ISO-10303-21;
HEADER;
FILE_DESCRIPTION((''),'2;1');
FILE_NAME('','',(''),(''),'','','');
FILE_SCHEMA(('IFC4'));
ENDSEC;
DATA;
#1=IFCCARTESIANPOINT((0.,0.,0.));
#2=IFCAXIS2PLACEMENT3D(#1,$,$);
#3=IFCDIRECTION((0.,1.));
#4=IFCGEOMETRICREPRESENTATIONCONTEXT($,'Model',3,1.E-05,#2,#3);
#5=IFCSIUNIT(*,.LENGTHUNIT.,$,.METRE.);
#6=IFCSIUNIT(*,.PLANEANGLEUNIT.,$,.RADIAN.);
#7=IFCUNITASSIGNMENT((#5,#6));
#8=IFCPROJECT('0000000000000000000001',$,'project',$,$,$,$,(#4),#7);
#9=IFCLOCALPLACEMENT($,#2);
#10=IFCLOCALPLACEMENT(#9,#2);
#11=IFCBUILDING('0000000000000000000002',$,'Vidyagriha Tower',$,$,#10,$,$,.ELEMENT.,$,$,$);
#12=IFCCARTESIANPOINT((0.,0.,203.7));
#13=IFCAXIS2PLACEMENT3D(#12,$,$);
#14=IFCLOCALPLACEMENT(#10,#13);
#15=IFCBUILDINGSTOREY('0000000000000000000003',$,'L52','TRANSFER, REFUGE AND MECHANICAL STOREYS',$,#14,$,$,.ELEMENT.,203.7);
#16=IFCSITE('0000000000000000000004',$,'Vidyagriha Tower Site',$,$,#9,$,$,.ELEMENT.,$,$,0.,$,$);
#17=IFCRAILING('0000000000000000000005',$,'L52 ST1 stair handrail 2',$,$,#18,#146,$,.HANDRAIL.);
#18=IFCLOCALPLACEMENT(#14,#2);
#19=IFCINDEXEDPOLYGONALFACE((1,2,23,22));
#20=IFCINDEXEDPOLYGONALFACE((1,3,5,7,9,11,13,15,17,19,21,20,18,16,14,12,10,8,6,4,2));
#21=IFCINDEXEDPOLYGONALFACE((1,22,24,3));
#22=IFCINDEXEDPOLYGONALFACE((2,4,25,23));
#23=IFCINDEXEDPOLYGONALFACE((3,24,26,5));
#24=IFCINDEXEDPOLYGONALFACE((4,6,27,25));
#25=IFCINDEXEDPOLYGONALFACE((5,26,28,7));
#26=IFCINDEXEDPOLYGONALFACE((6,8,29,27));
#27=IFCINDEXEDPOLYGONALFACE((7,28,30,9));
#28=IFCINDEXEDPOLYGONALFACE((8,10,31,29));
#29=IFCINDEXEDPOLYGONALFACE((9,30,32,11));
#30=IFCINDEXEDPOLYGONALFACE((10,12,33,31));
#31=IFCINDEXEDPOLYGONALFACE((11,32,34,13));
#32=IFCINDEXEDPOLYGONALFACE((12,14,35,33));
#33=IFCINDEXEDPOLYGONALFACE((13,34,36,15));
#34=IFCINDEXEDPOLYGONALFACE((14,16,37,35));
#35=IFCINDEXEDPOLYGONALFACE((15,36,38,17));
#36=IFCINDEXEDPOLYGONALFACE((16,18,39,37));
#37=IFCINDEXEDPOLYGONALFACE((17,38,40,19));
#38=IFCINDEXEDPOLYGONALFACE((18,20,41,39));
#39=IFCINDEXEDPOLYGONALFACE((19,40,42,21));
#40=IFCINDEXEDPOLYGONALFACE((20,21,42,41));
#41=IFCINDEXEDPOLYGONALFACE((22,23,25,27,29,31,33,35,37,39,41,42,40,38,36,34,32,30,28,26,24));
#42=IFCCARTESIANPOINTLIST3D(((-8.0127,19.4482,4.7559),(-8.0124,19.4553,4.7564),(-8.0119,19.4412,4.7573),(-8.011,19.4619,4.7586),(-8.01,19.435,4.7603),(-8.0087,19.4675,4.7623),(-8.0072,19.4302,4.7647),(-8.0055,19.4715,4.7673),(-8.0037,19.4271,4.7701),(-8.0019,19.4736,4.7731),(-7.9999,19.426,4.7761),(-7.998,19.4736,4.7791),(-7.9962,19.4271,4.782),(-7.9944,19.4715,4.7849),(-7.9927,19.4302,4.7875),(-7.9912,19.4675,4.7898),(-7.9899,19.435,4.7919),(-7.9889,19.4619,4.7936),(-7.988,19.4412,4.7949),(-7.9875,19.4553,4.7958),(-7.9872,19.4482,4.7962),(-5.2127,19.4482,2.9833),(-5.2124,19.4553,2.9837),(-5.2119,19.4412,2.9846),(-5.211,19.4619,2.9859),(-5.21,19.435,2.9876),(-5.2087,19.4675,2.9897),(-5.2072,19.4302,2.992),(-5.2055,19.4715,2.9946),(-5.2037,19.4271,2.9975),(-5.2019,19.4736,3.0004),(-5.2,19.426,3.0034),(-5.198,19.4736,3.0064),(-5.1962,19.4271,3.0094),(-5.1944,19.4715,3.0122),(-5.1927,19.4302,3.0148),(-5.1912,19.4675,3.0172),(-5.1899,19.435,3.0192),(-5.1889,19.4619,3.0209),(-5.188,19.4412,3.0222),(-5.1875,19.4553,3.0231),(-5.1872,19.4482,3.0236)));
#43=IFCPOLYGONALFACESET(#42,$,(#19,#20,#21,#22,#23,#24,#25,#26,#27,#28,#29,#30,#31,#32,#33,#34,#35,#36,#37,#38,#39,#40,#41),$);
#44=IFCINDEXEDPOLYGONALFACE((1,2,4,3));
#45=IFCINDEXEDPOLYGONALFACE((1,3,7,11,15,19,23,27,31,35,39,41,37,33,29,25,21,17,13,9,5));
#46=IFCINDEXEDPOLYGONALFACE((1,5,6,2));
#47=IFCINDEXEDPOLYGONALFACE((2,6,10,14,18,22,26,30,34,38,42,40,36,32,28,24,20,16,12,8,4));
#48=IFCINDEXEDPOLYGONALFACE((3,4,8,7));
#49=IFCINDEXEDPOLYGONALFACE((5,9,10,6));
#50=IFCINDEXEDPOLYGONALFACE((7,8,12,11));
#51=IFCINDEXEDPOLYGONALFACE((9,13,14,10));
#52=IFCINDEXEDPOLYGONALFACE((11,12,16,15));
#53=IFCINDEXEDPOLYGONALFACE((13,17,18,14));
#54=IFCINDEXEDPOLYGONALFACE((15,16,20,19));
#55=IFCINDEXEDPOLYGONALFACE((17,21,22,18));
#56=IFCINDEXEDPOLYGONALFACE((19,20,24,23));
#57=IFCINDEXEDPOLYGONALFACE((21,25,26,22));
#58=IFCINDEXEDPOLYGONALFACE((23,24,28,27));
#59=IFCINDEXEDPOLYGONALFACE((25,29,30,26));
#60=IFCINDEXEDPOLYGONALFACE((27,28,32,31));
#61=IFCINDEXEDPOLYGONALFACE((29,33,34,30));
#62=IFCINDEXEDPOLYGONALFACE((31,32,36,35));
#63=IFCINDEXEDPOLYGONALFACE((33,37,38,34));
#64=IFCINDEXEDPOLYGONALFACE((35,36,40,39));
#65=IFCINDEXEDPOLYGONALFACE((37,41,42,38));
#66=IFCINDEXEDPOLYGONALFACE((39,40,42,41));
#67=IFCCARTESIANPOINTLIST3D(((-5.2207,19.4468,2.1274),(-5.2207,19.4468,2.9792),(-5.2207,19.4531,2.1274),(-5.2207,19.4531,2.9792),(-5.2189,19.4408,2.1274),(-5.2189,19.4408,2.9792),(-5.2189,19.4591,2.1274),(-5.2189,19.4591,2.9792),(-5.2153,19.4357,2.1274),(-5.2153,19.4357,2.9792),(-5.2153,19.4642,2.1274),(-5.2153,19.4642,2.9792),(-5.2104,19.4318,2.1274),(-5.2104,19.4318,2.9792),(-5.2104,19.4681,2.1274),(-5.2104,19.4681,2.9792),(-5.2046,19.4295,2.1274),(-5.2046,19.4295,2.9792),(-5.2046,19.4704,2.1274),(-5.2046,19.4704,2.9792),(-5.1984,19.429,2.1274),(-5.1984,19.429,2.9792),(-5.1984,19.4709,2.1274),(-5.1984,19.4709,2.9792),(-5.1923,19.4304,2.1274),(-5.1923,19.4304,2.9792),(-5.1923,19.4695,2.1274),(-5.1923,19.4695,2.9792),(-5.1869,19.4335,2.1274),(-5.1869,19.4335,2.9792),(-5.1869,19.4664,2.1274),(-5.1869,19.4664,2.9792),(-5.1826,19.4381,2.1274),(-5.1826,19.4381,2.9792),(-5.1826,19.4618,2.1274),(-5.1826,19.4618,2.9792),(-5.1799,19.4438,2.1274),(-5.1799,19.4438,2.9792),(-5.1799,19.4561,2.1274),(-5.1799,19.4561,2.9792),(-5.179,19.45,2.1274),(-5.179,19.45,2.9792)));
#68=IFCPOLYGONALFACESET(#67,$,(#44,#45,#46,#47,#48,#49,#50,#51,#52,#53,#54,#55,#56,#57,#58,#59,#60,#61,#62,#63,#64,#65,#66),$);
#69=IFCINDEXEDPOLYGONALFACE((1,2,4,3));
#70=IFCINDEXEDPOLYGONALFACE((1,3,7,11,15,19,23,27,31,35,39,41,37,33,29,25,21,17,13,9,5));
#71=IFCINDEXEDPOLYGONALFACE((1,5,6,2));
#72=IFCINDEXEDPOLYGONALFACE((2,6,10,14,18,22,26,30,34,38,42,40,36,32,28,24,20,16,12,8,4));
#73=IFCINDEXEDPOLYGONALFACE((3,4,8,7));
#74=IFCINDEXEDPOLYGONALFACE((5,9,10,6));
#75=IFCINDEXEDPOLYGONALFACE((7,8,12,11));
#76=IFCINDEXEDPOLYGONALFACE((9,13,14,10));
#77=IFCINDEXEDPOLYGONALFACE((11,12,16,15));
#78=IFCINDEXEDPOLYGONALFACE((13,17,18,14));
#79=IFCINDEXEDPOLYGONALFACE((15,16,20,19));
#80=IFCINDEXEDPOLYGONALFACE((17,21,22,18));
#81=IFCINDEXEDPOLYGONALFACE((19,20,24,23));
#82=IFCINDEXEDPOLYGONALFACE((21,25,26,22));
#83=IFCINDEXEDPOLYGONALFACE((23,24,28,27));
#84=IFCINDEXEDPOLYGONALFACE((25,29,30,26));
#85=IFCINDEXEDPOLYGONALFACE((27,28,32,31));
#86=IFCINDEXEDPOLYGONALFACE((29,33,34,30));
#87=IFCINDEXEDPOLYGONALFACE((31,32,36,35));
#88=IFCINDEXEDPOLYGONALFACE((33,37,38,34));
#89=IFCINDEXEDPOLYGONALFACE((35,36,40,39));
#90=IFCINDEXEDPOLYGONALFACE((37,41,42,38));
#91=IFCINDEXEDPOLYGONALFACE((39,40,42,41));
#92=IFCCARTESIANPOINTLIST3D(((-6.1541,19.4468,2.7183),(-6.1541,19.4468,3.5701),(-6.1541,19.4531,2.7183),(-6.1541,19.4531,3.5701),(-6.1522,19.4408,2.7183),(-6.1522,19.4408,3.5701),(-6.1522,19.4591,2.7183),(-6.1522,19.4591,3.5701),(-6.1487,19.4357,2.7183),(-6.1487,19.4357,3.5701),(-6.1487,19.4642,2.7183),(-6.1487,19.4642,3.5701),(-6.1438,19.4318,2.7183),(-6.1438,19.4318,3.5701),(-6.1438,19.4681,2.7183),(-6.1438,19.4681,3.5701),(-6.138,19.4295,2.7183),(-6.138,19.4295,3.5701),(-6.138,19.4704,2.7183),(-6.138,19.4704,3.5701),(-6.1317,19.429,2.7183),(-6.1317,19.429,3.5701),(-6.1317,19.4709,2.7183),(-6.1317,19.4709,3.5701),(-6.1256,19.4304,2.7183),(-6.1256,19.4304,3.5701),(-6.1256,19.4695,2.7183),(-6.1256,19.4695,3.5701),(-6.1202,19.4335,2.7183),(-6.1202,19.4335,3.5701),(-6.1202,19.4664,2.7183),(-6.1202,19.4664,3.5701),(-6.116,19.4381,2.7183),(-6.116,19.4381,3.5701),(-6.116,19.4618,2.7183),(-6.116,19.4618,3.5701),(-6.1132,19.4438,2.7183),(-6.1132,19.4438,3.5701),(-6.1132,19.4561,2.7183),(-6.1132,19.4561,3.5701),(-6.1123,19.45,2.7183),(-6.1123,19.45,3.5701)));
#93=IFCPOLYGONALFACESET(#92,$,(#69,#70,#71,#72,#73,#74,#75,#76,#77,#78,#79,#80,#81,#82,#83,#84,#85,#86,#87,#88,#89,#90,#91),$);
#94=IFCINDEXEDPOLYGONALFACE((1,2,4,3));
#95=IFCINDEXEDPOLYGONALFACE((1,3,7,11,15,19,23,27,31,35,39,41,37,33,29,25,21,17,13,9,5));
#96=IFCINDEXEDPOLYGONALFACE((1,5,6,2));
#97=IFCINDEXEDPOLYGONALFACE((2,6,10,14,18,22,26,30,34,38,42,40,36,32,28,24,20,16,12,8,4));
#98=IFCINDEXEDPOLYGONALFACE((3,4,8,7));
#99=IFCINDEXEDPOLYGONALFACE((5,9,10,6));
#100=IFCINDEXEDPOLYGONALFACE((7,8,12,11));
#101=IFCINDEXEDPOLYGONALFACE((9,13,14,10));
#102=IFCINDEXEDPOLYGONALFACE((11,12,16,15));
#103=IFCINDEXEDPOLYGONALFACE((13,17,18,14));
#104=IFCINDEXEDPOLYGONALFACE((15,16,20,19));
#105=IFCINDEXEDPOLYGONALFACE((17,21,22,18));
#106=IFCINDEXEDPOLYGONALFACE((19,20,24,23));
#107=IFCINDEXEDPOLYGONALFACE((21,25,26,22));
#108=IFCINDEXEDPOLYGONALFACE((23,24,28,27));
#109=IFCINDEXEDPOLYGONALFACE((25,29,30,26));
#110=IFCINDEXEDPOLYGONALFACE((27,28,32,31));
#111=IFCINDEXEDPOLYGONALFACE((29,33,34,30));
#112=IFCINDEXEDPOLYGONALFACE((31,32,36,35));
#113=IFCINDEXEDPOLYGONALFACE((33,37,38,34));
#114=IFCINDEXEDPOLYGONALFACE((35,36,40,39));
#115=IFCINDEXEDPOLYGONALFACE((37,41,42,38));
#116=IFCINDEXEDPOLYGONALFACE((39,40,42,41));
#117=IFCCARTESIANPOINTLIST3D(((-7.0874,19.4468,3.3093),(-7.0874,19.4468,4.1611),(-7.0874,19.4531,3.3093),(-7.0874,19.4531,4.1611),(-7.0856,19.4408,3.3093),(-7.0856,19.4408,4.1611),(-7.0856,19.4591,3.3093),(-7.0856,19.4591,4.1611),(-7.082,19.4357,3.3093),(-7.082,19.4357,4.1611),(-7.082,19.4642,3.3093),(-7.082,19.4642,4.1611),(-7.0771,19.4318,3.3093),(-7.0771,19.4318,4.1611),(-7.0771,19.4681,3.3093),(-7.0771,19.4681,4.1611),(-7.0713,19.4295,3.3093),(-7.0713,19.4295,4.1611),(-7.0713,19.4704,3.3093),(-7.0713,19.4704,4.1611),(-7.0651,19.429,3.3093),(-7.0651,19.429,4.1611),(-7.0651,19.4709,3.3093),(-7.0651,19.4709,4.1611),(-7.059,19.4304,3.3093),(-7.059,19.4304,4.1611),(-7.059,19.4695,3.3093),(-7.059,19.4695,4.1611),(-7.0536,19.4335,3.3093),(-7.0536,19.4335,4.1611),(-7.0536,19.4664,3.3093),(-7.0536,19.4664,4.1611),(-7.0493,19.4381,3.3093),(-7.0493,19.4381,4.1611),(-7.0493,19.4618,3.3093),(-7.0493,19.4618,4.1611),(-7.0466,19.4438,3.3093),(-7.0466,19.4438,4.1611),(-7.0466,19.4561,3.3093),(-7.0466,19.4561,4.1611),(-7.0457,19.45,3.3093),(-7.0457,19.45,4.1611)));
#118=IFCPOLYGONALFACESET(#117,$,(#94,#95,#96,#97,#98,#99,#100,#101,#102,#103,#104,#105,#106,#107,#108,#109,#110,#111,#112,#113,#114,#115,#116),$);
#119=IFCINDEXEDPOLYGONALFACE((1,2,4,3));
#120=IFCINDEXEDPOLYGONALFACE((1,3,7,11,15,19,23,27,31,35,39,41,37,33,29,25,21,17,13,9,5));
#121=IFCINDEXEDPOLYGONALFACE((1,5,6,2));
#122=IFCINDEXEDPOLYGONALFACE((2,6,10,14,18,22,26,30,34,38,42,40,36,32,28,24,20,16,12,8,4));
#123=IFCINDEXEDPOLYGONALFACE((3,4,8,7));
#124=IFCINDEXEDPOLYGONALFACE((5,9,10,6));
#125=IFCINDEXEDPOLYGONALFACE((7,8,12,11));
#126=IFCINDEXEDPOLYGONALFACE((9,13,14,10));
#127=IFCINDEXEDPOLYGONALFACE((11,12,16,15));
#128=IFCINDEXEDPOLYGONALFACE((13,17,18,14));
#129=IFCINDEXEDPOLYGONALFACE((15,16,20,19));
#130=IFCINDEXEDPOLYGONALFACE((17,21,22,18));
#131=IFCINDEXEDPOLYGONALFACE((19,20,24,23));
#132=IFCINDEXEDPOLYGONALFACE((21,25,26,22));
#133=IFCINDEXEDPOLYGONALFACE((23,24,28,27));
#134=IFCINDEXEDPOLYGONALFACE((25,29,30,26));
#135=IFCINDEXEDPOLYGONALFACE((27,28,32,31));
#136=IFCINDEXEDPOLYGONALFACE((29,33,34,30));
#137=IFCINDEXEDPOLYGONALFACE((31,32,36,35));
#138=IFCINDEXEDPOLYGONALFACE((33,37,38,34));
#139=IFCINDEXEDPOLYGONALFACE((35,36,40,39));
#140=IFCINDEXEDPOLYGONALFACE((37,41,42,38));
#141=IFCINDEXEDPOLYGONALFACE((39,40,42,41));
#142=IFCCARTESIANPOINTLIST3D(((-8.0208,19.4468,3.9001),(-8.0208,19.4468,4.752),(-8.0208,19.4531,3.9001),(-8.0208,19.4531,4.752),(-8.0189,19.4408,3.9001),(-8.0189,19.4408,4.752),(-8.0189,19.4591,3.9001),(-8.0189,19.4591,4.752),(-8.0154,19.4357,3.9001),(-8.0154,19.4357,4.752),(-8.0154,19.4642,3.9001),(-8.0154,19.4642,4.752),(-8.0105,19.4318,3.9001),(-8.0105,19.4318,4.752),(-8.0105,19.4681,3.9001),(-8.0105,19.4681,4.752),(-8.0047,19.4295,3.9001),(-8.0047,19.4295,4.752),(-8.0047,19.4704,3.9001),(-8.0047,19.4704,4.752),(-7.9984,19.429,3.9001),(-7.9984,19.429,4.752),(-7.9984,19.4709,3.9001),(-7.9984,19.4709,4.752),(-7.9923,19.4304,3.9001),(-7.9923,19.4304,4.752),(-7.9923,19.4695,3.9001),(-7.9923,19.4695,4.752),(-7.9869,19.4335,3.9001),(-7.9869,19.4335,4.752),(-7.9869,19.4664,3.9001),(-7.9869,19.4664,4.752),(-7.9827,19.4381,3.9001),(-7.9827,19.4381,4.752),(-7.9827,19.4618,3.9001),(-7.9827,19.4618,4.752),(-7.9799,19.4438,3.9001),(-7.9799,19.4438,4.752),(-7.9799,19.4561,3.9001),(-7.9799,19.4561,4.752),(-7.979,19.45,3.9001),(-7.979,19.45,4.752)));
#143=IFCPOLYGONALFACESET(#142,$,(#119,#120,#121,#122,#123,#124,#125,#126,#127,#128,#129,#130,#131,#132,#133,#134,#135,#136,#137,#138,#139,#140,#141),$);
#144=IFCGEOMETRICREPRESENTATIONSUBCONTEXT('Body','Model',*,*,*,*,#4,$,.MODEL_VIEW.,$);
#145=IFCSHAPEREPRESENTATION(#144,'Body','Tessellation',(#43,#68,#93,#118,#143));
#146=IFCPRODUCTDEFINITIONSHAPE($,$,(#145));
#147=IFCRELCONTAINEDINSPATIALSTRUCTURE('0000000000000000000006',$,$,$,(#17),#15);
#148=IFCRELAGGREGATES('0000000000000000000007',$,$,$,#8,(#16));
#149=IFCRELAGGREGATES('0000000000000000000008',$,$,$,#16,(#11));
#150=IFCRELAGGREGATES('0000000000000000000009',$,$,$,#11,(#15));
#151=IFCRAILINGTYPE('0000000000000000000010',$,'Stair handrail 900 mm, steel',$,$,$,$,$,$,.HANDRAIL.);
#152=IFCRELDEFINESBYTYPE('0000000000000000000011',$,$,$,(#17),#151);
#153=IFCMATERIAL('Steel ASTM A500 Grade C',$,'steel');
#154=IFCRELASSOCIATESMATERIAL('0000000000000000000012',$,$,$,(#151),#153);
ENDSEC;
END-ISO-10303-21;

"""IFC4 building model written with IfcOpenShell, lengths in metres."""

from ifc_helpers import new_model, si_unit, direction, frame, origin, origin_2d, place, context, subcontext, project, spatial, circle, extrude, material, type_object, element, save


model = new_model("IFC4")

# Units and contexts
model_context = context("Model", 3, precision=1e-05, world=origin(), true_north=direction((0.0, 1.0)))
body_context = subcontext(model_context, "Body", "Model", "MODEL_VIEW")
ifc_project = project(units=[si_unit("LENGTHUNIT", "METRE"), si_unit("PLANEANGLEUNIT", "RADIAN")], contexts=[model_context])

# Site, building, storey
site_placement = place(None, origin())
site = spatial("IfcSite", under=ifc_project, at=site_placement, Name="Vidyagriha Tower Site", CompositionType="ELEMENT", RefElevation=0.0)
building_placement = place(site_placement, origin())
building = spatial("IfcBuilding", under=site, at=building_placement, Name="Vidyagriha Tower", CompositionType="ELEMENT")
storey_placement = place(building_placement, frame((0.0, 0.0, 203.7)))
storey = spatial("IfcBuildingStorey", under=building, at=storey_placement, Name="L52", Description="TRANSFER, REFUGE AND MECHANICAL STOREYS", CompositionType="ELEMENT", Elevation=203.7)

# Railing
ifc_material_1 = material(Name="Steel ASTM A500 Grade C", Category="steel")
railing_type_1 = type_object("IfcRailingType", Name="Stair handrail 900 mm, steel", PredefinedType="HANDRAIL", material=ifc_material_1)
railing_1_placement = place(storey_placement, frame((-5.2, 19.45, 2.1274)))
element("IfcRailing", 1, at=railing_1_placement, inside=storey, type_object=railing_type_1, Name="L52 ST1 stair handrail 2", PredefinedType="HANDRAIL", context=body_context, shape_type="SweptSolid", body=[
    extrude(circle(Radius=0.0239, at=origin_2d()), frame((0.0, 0.0, 0.876), z_axis=(-0.844909, 0.0, 0.53491), x_axis=(0.0, -1.0, 0.0)), (0.0, 0.0, 1.0), 3.314),
    extrude(circle(Radius=0.021, at=origin_2d()), origin(), (0.0, 0.0, 1.0), 0.8518),
    extrude(circle(Radius=0.021, at=origin_2d()), frame((-0.9333, 0.0, 0.5908)), (0.0, 0.0, 1.0), 0.8518),
    extrude(circle(Radius=0.021, at=origin_2d()), frame((-1.8667, 0.0, 1.1819)), (0.0, 0.0, 1.0), 0.8518),
    extrude(circle(Radius=0.021, at=origin_2d()), frame((-2.8, 0.0, 1.7727)), (0.0, 0.0, 1.0), 0.8518),
])

save(model, "model.ifc")
